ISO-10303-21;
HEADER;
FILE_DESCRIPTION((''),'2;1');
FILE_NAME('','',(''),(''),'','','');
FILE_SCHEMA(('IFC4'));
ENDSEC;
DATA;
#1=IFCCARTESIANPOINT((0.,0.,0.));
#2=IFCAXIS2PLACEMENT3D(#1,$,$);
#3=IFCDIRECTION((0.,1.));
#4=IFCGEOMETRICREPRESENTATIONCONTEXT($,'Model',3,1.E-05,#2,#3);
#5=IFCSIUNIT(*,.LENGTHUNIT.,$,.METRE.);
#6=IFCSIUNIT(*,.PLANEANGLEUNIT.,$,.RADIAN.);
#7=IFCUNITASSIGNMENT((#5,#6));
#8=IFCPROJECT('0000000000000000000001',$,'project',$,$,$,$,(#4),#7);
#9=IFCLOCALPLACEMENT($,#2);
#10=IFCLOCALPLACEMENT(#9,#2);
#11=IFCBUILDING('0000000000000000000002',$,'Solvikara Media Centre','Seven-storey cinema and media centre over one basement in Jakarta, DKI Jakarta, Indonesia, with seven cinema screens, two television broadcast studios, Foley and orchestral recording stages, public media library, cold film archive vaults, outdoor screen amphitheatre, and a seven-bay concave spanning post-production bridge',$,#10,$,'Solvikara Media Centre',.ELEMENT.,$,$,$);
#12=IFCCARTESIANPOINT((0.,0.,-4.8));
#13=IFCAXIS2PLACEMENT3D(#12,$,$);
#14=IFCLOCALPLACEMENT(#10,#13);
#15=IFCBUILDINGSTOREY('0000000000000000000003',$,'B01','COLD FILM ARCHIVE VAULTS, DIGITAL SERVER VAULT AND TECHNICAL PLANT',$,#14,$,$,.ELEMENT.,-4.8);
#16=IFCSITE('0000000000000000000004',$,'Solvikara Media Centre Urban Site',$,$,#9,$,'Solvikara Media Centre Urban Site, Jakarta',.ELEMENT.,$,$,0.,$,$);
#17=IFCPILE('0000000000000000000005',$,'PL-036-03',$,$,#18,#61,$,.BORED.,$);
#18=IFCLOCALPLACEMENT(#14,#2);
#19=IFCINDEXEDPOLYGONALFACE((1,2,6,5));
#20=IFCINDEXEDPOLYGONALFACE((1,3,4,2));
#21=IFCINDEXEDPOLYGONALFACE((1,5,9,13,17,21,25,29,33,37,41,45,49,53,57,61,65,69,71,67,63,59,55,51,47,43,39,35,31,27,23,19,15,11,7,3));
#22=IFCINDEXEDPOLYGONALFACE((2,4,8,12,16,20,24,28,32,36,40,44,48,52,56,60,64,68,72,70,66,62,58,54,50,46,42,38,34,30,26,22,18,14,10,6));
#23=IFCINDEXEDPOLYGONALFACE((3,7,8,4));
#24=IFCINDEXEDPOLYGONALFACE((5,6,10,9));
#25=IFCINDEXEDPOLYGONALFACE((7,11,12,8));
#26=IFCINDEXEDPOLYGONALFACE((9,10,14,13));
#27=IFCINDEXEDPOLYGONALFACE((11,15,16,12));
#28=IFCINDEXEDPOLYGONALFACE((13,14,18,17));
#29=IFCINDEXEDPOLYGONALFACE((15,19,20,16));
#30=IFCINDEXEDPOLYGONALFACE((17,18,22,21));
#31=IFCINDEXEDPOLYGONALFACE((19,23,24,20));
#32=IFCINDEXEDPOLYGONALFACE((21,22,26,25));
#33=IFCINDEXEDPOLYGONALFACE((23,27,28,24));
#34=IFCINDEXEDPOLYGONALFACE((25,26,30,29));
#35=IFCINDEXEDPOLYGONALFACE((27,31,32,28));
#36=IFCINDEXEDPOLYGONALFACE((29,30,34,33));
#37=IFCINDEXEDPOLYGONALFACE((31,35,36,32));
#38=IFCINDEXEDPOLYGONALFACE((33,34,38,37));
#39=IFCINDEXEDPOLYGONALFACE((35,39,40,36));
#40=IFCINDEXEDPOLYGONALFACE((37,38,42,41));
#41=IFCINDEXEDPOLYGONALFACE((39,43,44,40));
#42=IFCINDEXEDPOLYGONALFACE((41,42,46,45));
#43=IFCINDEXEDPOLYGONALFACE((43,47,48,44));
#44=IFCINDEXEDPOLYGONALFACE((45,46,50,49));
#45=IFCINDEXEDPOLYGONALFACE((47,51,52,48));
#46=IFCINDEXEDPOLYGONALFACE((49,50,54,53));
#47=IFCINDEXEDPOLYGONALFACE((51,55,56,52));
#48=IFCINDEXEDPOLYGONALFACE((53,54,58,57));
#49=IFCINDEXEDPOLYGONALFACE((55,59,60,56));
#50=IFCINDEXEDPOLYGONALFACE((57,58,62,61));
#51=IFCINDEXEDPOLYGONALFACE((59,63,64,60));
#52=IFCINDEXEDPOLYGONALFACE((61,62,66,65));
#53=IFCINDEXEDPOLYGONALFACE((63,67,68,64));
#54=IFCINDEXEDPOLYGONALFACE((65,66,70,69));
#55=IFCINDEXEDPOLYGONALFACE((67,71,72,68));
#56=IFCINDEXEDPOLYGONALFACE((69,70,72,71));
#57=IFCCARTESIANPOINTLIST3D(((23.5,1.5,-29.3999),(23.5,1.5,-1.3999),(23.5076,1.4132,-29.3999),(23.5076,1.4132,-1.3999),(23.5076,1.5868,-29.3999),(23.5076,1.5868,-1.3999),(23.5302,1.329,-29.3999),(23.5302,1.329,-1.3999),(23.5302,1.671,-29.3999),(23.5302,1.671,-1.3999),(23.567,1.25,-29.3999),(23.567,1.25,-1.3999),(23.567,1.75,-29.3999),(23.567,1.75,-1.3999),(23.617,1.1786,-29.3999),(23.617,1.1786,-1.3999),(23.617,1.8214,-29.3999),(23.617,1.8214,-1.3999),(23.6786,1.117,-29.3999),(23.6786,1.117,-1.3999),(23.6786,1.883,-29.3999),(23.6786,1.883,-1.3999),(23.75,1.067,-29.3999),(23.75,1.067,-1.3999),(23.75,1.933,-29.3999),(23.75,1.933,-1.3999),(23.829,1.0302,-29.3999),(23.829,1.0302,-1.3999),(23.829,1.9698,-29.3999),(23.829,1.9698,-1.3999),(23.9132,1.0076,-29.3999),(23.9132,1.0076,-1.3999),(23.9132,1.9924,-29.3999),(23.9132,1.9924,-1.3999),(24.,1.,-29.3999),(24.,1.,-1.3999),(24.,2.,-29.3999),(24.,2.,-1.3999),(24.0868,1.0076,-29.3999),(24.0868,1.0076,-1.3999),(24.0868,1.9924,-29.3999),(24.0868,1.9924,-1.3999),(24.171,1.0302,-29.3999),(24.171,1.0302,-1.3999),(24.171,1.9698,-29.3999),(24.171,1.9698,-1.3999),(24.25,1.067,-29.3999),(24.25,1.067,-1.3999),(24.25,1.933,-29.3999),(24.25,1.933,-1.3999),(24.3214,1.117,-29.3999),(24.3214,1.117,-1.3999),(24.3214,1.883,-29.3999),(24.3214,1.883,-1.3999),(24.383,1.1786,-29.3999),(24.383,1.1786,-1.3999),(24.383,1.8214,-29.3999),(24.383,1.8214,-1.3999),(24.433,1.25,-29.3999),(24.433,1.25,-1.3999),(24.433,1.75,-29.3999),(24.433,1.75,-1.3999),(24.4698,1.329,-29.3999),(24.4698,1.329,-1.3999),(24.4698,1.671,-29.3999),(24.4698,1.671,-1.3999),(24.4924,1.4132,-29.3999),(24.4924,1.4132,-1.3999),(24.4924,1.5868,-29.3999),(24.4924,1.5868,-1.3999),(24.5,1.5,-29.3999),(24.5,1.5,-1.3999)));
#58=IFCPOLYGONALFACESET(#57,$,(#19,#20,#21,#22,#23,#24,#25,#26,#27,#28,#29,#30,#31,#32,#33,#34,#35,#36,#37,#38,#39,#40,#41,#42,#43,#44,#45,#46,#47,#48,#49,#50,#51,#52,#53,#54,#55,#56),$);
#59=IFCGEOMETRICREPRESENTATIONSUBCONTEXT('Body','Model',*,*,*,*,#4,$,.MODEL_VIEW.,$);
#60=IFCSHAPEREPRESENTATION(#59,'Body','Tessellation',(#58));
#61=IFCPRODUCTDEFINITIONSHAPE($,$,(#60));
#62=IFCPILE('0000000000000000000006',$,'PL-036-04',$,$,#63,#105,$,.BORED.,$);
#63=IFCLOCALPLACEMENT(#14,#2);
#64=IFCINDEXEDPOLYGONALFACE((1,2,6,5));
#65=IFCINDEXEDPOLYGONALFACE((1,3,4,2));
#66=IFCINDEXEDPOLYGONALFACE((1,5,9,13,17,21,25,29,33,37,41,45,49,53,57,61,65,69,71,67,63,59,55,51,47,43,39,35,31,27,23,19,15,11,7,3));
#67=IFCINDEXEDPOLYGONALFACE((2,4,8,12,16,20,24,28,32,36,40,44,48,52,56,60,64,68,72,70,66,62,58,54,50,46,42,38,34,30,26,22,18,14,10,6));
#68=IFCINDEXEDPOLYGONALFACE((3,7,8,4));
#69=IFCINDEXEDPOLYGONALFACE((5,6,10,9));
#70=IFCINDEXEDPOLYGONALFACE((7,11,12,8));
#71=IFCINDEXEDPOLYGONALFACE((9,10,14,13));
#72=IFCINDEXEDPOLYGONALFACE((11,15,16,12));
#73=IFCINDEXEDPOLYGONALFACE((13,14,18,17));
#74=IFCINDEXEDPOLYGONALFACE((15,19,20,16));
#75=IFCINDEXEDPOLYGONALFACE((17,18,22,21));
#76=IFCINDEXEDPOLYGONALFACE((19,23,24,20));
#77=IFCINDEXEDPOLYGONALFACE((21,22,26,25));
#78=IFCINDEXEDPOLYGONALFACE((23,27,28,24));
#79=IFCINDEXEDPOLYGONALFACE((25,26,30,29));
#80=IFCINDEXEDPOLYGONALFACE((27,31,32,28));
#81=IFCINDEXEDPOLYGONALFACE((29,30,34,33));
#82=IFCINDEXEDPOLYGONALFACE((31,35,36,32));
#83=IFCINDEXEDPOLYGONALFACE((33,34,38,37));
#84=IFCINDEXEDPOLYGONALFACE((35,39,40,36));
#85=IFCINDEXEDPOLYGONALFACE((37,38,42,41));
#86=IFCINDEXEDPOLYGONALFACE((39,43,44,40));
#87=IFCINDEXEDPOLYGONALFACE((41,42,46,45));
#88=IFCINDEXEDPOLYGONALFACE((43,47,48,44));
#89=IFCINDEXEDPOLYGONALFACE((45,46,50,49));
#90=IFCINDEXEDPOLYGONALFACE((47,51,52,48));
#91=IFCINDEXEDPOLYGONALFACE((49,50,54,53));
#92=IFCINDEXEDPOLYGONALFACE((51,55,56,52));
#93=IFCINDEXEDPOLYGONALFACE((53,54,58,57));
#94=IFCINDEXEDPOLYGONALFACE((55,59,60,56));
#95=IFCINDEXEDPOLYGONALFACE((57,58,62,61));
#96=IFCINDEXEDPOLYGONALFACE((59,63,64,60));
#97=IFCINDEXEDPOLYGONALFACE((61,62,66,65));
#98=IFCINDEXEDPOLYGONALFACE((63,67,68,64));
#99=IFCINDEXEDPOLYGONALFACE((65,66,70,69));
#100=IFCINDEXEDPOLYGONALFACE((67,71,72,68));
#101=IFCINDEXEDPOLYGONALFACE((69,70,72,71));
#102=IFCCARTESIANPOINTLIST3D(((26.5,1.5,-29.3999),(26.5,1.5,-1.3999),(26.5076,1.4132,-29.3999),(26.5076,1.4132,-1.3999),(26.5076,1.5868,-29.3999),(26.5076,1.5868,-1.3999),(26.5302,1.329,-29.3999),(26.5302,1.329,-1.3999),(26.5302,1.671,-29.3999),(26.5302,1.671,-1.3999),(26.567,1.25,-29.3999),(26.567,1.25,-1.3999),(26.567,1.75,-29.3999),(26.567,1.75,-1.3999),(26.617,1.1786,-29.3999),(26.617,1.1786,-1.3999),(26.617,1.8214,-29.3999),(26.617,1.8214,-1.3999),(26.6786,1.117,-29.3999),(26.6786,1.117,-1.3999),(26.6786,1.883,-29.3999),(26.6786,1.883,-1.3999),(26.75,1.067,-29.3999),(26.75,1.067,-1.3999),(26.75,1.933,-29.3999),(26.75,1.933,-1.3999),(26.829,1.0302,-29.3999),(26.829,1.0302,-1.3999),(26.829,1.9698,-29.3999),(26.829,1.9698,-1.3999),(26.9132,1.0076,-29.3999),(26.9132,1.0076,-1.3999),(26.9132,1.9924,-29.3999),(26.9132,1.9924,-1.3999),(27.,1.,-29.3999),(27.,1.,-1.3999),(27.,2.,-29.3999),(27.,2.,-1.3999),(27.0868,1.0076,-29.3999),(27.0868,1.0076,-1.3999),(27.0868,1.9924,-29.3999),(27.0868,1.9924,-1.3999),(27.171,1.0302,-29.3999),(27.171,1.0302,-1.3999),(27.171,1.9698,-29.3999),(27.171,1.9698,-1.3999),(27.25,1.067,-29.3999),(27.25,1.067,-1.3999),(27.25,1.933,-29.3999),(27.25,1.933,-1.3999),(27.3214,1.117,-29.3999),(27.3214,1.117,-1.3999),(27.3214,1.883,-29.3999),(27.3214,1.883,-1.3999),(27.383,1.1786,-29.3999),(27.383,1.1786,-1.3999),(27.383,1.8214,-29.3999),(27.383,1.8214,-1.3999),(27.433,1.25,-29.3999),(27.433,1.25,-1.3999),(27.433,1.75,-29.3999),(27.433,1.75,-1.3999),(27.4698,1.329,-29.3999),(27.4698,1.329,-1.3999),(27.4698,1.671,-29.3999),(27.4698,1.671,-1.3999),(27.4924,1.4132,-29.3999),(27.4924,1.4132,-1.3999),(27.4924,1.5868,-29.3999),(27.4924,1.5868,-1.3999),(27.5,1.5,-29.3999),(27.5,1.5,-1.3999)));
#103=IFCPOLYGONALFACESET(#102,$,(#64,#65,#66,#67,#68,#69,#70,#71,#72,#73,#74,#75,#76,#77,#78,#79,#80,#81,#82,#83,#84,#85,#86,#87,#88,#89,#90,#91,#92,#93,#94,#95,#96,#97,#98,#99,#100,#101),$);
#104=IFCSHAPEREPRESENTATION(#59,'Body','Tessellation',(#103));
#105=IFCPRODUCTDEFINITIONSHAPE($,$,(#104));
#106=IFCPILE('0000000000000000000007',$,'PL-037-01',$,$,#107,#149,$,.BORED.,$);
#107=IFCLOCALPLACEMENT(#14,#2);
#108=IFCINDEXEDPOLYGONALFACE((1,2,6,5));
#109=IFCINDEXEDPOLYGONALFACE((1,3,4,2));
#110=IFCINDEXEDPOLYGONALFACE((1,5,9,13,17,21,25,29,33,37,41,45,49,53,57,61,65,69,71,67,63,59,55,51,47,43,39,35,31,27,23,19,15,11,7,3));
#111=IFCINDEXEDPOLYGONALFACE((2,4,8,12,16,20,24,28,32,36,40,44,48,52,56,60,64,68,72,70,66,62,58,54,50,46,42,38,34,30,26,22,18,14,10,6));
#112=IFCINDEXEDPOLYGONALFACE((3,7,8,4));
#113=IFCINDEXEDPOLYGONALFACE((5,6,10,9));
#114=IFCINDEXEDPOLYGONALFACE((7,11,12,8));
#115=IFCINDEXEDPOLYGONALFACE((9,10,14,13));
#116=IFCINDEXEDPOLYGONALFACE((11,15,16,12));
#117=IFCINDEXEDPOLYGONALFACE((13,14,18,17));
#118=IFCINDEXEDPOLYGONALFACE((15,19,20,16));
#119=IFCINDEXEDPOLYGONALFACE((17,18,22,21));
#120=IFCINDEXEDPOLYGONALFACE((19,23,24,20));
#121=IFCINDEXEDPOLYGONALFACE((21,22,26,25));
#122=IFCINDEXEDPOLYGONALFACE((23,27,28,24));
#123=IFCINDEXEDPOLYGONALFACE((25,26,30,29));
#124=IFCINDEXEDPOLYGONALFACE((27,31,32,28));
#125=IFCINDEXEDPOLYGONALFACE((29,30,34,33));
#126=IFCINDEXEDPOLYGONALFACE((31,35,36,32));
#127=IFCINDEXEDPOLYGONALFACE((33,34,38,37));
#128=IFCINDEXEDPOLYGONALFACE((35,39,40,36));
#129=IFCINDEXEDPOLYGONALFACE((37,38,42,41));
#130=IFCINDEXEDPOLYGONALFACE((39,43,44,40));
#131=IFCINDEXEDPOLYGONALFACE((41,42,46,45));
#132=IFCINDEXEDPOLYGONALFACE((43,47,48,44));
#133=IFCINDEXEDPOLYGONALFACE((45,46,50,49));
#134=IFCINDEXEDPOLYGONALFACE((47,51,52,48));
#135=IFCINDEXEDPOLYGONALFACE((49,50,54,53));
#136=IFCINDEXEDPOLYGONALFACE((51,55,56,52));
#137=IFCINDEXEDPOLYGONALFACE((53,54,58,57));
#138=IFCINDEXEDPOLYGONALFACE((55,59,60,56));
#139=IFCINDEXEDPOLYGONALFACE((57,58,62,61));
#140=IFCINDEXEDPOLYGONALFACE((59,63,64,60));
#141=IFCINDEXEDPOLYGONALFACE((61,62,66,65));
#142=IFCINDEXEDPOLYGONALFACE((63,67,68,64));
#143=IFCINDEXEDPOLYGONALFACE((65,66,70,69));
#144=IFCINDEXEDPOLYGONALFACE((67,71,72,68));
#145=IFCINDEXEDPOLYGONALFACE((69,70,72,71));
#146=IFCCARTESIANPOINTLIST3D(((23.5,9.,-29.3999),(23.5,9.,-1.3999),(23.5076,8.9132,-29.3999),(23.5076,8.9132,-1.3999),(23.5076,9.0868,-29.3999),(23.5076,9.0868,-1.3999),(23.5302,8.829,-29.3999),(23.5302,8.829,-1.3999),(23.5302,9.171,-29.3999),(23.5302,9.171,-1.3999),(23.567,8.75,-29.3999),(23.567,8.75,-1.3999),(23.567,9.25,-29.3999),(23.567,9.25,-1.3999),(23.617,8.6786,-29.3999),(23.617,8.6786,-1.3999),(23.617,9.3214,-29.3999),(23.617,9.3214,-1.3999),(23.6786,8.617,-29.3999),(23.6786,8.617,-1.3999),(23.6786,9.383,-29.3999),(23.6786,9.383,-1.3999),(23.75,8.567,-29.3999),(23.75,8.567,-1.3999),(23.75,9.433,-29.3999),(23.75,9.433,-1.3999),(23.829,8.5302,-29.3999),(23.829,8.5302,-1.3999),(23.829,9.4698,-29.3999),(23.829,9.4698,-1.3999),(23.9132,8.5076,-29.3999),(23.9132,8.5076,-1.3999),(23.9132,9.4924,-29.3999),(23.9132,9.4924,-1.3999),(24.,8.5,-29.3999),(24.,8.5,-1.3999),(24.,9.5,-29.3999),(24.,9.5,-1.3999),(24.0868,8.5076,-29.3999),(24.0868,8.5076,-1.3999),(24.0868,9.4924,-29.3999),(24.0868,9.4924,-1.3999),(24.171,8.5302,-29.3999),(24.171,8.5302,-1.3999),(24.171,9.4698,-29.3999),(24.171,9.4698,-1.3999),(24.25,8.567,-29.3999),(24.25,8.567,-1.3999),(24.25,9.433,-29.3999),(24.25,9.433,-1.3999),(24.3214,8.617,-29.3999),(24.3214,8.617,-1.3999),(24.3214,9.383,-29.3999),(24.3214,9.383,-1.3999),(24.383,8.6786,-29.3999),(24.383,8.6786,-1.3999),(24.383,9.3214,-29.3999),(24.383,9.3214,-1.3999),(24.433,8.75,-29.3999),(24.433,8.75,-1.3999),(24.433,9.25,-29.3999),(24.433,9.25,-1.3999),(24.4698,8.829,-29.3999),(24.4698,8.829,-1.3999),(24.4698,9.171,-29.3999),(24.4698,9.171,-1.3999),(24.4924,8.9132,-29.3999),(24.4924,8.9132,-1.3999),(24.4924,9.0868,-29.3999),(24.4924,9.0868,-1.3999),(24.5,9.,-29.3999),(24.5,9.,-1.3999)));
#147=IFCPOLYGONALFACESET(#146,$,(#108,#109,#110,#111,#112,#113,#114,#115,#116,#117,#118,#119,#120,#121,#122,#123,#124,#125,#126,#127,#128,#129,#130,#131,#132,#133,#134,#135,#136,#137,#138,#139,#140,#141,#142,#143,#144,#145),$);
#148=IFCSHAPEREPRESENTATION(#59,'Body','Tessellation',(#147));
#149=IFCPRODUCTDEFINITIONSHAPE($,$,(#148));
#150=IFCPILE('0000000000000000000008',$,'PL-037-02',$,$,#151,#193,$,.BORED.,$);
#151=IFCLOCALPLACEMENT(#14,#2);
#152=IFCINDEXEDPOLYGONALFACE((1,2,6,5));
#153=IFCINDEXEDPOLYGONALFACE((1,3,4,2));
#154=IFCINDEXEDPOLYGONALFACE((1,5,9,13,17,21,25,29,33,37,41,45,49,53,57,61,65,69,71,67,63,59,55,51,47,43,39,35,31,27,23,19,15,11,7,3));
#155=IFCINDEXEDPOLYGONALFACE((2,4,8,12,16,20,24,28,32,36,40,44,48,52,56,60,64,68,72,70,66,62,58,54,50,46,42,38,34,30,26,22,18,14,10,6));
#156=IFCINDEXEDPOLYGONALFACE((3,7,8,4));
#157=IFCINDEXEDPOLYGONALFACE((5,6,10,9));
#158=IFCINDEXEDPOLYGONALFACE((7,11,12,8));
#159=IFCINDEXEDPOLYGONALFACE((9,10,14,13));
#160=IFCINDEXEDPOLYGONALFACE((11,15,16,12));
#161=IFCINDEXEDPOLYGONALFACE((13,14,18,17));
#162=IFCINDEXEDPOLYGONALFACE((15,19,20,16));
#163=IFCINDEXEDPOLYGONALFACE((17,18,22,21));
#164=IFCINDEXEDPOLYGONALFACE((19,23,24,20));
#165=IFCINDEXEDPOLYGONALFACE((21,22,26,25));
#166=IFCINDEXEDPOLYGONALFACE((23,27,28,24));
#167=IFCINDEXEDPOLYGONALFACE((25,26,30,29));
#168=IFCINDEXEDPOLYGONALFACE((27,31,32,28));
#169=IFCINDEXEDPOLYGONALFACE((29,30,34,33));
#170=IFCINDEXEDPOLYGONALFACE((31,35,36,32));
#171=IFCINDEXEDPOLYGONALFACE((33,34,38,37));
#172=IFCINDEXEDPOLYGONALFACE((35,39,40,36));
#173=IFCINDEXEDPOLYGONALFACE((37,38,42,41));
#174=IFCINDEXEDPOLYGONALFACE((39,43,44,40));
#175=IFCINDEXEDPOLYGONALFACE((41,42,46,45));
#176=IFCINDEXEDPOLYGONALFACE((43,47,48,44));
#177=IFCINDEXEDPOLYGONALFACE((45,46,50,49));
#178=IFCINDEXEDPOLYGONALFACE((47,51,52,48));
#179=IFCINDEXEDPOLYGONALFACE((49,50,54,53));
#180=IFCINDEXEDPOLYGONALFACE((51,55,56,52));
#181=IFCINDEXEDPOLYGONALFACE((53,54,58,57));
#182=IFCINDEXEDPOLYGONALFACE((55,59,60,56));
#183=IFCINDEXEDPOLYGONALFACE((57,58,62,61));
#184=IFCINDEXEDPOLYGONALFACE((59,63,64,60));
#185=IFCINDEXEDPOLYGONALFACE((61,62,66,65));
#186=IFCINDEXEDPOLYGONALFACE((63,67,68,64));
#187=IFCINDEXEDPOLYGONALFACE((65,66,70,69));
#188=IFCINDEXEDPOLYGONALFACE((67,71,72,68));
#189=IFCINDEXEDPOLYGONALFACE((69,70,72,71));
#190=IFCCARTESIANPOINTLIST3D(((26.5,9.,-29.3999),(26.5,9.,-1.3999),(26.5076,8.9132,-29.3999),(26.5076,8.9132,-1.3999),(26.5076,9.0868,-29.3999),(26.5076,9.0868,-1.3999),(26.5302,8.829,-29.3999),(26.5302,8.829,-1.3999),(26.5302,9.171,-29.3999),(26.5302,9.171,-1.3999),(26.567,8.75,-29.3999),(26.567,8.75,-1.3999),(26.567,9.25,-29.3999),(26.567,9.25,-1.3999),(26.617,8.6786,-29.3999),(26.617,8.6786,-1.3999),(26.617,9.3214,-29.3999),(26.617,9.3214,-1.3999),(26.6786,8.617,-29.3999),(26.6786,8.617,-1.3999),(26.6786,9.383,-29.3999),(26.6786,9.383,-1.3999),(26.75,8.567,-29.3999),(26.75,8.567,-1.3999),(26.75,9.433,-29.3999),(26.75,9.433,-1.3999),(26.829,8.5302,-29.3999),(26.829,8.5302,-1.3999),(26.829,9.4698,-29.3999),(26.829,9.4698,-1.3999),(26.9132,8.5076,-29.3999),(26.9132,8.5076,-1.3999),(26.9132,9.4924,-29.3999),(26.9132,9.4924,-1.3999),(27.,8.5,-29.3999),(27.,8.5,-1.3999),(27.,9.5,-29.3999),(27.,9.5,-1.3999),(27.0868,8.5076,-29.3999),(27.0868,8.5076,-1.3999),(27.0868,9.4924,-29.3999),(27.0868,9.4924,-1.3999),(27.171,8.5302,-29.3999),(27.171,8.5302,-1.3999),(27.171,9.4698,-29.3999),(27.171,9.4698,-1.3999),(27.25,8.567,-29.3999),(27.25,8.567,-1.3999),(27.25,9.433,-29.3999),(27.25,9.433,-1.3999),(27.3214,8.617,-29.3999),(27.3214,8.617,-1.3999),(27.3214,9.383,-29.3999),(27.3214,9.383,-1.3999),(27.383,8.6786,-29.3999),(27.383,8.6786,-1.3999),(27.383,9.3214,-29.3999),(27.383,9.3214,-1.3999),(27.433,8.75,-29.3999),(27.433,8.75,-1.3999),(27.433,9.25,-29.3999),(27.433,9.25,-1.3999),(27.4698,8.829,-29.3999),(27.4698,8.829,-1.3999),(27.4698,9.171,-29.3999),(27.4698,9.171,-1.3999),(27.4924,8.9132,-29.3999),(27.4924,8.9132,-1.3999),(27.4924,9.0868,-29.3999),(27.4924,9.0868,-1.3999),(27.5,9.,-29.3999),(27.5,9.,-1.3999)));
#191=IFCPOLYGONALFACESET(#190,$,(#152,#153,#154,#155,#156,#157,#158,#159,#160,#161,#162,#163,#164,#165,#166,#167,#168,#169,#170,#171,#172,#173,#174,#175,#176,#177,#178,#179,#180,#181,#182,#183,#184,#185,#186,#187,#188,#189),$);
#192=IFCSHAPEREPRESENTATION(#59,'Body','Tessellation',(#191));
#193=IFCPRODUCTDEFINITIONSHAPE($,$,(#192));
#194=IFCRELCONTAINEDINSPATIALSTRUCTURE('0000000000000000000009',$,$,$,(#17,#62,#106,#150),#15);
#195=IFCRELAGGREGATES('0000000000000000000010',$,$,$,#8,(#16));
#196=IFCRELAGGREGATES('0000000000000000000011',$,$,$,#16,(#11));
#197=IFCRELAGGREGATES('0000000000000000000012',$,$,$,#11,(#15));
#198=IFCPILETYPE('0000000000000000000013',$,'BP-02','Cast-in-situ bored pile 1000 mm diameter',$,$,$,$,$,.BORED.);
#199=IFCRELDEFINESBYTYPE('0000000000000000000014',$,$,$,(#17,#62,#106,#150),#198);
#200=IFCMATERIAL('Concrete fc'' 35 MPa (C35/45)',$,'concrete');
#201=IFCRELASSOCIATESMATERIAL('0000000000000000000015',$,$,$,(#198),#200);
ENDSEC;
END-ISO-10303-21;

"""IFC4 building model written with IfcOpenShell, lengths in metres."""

from ifc_helpers import new_model, si_unit, direction, frame, origin, origin_2d, place, context, subcontext, project, spatial, circle, extrude, material, material_profile, profile_set, type_object, element, save


model = new_model("IFC4")

# Units and contexts
model_context = context("Model", 3, precision=1e-05, world=origin(), true_north=direction((0.0, 1.0)))
body_context = subcontext(model_context, "Body", "Model", "MODEL_VIEW")
ifc_project = project(units=[si_unit("LENGTHUNIT", "METRE"), si_unit("PLANEANGLEUNIT", "RADIAN")], contexts=[model_context])

# Site, building, storey
site_placement = place(None, origin())
site = spatial("IfcSite", under=ifc_project, at=site_placement, Name="Solvikara Media Centre Urban Site", LongName="Solvikara Media Centre Urban Site, Jakarta", CompositionType="ELEMENT", RefElevation=0.0)
building_placement = place(site_placement, origin())
building = spatial("IfcBuilding", under=site, at=building_placement, Name="Solvikara Media Centre", Description="Seven-storey cinema and media centre over one basement in Jakarta, DKI Jakarta, Indonesia, with seven cinema screens, two television broadcast studios, Foley and orchestral recording stages, public media library, cold film archive vaults, outdoor screen amphitheatre, and a seven-bay concave spanning post-production bridge", LongName="Solvikara Media Centre", CompositionType="ELEMENT")
storey_placement = place(building_placement, frame((0.0, 0.0, -4.8)))
storey = spatial("IfcBuildingStorey", under=building, at=storey_placement, Name="B01", Description="COLD FILM ARCHIVE VAULTS, DIGITAL SERVER VAULT AND TECHNICAL PLANT", CompositionType="ELEMENT", Elevation=-4.8)

# Piles
ifc_material_1 = material(Name="Concrete fc' 35 MPa (C35/45)", Category="concrete")
ifc_material_profile_1 = material_profile(ifc_material_1, circle(Radius=0.5, at=origin_2d()), Name="BORED PILE D1000")
ifc_profile_set_1 = profile_set([ifc_material_profile_1], Name="Concrete fc' 35 MPa (C35/45)")
pile_type_1 = type_object("IfcPileType", Name="BP-02", Description="Cast-in-situ bored pile 1000 mm diameter", PredefinedType="BORED", material=ifc_profile_set_1)
for number, where, z_axis, x_axis, name in (
    (1, (24.0, 1.5, -1.3999), (0.0, 0.0, -1.0), (1.0, 0.0, 0.0), "PL-036-03"),
    (2, (27.0, 1.5, -1.3999), (0.0, 0.0, -1.0), (1.0, 0.0, 0.0), "PL-036-04"),
    (3, (24.0, 9.0, -1.3999), (0.0, 0.0, -1.0), (1.0, 0.0, 0.0), "PL-037-01"),
    (4, (27.0, 9.0, -1.3999), (0.0, 0.0, -1.0), (1.0, 0.0, 0.0), "PL-037-02"),
):
    element("IfcPile", number, at=place(storey_placement, frame(where, z_axis=z_axis, x_axis=x_axis)), inside=storey, type_object=pile_type_1, Name=name, PredefinedType="BORED", context=body_context, shape_type="SweptSolid", body=[
        extrude(circle(Radius=0.5, at=origin_2d()), origin(), (0.0, 0.0, 1.0), 28.0),
    ])

save(model, "model.ifc")
